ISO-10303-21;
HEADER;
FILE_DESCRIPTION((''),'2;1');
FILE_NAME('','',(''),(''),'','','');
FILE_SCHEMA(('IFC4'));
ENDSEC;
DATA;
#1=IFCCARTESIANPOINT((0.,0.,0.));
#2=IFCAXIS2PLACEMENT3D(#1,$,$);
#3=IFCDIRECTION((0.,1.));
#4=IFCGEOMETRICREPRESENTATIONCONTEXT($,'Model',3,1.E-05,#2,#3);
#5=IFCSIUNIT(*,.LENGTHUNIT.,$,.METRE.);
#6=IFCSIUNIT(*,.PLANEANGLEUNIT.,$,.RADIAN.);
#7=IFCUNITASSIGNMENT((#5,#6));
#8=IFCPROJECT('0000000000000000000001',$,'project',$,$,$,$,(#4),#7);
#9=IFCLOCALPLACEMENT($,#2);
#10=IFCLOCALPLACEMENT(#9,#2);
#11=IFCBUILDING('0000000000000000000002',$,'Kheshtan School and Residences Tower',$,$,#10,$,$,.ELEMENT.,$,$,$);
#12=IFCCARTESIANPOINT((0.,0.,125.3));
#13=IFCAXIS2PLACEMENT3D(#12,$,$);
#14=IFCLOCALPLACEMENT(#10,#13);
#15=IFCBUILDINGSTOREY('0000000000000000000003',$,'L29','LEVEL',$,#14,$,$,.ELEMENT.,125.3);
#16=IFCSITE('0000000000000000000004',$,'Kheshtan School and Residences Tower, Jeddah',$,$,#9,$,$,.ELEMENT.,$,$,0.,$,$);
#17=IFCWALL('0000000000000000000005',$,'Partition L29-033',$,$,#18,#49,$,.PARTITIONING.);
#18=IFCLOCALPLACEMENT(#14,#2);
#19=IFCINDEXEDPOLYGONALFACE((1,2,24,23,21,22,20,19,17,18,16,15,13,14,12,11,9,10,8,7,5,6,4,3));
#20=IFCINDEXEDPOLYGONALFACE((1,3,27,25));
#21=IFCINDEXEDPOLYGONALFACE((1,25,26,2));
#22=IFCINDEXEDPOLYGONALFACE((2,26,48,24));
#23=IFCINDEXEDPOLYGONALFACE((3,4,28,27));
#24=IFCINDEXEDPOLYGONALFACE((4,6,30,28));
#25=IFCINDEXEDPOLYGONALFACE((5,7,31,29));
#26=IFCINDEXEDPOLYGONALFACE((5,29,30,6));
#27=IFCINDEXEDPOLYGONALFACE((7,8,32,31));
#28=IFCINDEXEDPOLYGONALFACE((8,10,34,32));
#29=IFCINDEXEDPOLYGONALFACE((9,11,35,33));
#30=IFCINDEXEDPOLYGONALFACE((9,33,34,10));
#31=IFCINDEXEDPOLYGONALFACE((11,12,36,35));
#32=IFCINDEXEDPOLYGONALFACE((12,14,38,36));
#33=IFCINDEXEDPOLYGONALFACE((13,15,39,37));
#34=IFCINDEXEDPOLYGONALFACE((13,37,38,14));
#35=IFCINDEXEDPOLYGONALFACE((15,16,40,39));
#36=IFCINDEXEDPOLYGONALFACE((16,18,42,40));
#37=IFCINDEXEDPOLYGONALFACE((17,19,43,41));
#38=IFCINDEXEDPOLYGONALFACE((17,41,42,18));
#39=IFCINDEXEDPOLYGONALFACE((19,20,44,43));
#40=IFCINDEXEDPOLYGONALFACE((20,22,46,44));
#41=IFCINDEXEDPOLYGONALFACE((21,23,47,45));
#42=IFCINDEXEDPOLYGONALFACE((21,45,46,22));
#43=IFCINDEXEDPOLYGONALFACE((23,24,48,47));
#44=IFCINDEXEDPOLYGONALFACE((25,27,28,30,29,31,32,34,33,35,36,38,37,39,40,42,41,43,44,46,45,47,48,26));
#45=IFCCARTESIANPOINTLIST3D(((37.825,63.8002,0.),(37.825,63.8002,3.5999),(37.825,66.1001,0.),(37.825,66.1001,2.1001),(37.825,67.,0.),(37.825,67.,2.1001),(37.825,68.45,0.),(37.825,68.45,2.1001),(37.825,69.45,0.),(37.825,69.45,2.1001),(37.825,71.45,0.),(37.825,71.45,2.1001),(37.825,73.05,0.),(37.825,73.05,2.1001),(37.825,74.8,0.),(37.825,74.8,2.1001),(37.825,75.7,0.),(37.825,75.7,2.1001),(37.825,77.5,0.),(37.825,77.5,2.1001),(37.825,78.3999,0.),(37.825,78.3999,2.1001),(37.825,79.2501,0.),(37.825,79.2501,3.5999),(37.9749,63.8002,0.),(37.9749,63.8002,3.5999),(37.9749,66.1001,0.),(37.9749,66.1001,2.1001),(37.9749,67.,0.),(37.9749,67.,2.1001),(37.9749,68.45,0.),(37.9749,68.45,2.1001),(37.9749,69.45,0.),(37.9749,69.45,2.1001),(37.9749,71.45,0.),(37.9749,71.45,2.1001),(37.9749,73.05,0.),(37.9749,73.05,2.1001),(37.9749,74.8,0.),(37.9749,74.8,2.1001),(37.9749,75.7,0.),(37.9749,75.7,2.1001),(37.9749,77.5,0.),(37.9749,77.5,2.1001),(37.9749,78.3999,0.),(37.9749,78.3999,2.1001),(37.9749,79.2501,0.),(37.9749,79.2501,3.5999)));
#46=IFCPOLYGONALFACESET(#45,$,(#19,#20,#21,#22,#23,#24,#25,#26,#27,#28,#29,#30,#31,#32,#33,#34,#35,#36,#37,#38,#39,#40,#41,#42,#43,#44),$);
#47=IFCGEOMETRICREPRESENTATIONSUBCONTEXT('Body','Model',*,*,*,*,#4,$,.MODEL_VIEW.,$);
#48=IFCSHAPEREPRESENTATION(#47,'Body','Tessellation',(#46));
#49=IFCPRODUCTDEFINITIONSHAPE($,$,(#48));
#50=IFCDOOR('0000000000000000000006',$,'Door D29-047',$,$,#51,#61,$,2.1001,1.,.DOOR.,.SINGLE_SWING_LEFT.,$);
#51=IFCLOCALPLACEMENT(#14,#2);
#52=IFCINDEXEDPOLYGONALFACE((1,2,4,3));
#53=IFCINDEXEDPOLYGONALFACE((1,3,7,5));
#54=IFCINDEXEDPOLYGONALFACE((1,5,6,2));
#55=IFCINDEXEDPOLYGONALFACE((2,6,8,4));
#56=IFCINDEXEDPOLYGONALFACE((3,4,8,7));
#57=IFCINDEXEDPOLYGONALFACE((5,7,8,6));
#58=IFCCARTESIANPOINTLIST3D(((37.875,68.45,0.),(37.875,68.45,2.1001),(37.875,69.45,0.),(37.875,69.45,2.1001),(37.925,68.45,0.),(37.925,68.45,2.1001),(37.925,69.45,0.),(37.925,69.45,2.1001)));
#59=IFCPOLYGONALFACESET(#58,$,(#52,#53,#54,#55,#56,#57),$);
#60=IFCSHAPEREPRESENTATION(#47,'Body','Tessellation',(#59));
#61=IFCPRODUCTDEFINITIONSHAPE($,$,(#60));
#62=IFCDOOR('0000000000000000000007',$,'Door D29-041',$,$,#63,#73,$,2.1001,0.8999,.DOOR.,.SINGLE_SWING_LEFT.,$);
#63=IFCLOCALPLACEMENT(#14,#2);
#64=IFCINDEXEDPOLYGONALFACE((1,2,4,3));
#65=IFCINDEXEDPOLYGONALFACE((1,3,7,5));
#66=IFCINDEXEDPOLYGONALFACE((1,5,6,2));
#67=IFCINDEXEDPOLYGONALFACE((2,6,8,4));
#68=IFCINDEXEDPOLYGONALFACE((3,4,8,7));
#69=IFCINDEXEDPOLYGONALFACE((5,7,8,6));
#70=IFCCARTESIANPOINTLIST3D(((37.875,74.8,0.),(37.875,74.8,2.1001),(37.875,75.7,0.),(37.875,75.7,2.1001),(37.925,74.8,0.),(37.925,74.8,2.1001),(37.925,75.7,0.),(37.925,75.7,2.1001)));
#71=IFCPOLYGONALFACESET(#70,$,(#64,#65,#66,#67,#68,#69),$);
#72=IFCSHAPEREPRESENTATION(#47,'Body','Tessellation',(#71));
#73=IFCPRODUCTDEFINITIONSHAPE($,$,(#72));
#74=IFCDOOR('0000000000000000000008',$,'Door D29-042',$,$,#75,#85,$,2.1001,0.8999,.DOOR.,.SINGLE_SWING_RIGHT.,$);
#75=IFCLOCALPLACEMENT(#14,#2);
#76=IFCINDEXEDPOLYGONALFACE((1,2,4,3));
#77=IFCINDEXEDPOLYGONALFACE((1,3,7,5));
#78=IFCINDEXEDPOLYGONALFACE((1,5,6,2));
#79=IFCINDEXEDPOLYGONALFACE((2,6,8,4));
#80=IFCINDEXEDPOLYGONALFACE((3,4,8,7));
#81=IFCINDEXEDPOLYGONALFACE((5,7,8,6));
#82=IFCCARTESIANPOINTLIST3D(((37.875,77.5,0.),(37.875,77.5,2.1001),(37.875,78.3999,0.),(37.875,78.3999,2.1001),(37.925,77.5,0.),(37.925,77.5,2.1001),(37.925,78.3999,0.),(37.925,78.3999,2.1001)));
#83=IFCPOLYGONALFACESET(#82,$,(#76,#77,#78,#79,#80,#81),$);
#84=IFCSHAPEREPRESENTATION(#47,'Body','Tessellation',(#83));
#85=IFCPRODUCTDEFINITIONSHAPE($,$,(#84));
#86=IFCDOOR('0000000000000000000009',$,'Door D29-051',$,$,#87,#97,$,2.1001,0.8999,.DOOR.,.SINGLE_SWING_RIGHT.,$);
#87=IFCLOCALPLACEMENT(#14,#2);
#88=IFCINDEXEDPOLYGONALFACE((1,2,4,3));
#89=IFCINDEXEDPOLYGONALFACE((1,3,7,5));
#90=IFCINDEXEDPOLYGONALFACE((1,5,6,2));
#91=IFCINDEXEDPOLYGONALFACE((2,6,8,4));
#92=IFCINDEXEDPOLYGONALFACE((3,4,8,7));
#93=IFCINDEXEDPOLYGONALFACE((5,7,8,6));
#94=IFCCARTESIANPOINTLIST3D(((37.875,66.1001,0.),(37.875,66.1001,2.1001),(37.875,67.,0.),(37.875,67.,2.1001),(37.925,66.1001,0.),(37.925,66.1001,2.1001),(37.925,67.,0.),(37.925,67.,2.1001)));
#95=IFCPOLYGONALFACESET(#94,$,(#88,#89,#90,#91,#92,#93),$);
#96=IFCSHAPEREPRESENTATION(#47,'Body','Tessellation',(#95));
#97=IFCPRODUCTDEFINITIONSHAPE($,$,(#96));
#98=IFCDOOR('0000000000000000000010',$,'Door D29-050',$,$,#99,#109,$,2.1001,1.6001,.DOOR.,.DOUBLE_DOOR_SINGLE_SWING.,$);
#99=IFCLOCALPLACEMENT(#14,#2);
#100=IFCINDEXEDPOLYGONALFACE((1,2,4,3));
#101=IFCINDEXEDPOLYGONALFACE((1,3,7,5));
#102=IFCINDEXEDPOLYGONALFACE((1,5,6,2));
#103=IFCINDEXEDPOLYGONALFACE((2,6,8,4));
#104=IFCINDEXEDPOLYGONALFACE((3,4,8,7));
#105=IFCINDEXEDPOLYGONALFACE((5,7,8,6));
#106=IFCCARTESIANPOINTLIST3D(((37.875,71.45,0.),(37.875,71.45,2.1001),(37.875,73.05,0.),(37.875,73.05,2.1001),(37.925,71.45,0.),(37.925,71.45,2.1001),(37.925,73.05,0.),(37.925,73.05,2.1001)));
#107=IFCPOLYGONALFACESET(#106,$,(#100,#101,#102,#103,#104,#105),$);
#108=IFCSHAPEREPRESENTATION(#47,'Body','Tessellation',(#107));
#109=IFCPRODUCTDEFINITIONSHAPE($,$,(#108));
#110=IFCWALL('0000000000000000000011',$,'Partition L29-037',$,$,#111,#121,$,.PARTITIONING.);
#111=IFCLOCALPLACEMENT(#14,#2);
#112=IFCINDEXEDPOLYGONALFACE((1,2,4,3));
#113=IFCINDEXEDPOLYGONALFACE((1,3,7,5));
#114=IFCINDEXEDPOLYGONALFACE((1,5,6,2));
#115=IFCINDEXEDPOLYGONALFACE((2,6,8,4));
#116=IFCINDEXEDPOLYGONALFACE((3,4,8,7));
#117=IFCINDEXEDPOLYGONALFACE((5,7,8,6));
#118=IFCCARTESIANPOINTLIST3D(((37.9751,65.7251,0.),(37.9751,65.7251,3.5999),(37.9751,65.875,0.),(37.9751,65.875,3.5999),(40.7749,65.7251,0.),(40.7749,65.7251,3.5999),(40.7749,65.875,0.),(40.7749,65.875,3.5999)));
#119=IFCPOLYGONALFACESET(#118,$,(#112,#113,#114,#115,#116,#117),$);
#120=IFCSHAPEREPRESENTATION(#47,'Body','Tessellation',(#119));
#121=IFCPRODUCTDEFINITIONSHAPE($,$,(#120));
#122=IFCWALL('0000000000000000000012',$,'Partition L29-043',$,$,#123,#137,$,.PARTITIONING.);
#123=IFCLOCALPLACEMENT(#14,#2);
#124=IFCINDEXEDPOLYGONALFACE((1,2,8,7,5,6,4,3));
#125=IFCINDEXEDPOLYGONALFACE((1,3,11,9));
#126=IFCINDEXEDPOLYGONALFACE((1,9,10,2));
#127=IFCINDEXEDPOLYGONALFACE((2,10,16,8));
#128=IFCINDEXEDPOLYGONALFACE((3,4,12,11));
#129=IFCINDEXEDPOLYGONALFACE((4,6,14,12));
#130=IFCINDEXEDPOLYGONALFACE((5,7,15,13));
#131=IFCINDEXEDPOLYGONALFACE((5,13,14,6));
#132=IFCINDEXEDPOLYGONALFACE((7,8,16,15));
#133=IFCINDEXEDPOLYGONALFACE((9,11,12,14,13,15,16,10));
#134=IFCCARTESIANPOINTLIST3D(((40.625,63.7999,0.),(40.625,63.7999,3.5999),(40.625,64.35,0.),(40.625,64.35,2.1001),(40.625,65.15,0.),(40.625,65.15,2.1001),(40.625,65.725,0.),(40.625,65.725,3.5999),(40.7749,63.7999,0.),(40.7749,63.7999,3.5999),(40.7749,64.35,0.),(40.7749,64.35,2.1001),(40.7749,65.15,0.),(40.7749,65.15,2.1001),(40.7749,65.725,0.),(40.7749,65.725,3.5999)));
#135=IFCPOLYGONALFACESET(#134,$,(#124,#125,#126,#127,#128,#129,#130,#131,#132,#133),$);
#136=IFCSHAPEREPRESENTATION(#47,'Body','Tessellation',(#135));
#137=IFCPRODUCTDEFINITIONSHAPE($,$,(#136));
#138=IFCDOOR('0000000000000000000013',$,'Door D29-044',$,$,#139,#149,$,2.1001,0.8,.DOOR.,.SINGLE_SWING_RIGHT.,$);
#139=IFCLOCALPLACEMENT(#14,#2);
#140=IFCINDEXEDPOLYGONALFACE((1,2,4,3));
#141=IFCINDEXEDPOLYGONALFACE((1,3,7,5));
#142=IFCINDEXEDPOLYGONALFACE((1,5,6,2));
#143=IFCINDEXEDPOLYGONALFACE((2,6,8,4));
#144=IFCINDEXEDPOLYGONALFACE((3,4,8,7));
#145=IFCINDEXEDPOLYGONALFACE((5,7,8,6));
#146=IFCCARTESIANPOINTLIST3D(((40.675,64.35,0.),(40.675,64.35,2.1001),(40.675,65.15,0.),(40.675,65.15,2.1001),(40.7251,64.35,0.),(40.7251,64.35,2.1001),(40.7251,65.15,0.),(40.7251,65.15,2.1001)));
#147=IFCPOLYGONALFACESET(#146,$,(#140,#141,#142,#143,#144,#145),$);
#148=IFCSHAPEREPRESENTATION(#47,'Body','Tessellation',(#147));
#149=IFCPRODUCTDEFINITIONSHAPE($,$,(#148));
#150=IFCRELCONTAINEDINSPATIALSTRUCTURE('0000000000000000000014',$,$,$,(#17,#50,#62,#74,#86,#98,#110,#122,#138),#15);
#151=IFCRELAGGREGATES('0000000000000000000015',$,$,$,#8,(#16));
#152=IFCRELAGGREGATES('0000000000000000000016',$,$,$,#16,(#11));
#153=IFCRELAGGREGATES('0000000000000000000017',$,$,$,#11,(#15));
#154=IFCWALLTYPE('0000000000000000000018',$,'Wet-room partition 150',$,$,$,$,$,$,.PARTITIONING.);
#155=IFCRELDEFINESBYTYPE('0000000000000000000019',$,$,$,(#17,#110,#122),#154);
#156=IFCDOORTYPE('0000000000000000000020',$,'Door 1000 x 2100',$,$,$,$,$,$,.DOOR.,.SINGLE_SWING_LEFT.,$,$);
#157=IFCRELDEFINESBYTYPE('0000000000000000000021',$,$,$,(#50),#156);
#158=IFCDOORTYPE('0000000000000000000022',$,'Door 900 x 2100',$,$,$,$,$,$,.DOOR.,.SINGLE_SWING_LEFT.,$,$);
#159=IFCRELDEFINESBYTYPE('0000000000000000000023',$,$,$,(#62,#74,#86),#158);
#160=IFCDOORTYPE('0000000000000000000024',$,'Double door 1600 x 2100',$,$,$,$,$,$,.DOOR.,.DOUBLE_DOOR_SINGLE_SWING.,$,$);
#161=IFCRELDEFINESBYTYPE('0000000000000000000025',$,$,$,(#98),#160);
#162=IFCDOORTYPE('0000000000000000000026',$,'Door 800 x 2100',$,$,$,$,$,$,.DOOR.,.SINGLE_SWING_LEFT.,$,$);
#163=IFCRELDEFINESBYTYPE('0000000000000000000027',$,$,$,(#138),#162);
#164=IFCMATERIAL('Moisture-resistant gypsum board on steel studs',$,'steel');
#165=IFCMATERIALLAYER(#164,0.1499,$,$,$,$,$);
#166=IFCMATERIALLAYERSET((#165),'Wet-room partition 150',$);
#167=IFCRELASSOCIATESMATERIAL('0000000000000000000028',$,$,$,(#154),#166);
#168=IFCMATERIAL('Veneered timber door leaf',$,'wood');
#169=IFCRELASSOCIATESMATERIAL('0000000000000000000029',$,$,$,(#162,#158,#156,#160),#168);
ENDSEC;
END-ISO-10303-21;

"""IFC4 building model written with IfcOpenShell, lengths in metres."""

from ifc_helpers import new_model, si_unit, direction, frame, frame_2d, origin, place, context, subcontext, project, spatial, rectangle, extrude, source, transform, mapped, material, layer, layer_set, type_object, element, fill, save


model = new_model("IFC4")

# Units and contexts
model_context = context("Model", 3, precision=1e-05, world=origin(), true_north=direction((0.0, 1.0)))
body_context = subcontext(model_context, "Body", "Model", "MODEL_VIEW")
ifc_project = project(units=[si_unit("LENGTHUNIT", "METRE"), si_unit("PLANEANGLEUNIT", "RADIAN")], contexts=[model_context])

# Site, building, storey
site_placement = place(None, origin())
site = spatial("IfcSite", under=ifc_project, at=site_placement, Name="Kheshtan School and Residences Tower, Jeddah", CompositionType="ELEMENT", RefElevation=0.0)
building_placement = place(site_placement, origin())
building = spatial("IfcBuilding", under=site, at=building_placement, Name="Kheshtan School and Residences Tower", CompositionType="ELEMENT")
storey_placement = place(building_placement, frame((0.0, 0.0, 125.3)))
storey = spatial("IfcBuildingStorey", under=building, at=storey_placement, Name="L29", Description="LEVEL", CompositionType="ELEMENT", Elevation=125.3)

# Wall, openings, doors
ifc_material_1 = material(Name="Moisture-resistant gypsum board on steel studs", Category="steel")
ifc_layer_1 = layer(ifc_material_1, 0.1499)
ifc_layer_set_1 = layer_set([ifc_layer_1], Name="Wet-room partition 150")
wall_type_1 = type_object("IfcWallType", Name="Wet-room partition 150", PredefinedType="PARTITIONING", material=ifc_layer_set_1)
ifc_material_2 = material(Name="Veneered timber door leaf", Category="wood")
door_type_1 = type_object("IfcDoorType", Name="Door 800 x 2100", OperationType="SINGLE_SWING_LEFT", PredefinedType="DOOR", material=ifc_material_2)
shared_shape_1 = source(origin(), body_context, "Body", "SweptSolid", [
    extrude(rectangle(XDim=0.8, YDim=2.1001, at=frame_2d((0.3999, 1.05))), frame((0.0, 0.0249, 0.0), z_axis=(0.0, -1.0, 0.0), x_axis=(1.0, 0.0, 0.0)), (0.0, 0.0, 1.0), 0.05),
])
door_type_2 = type_object("IfcDoorType", Name="Door 900 x 2100", OperationType="SINGLE_SWING_LEFT", PredefinedType="DOOR", material=ifc_material_2)
shared_shape_2 = source(origin(), body_context, "Body", "SweptSolid", [
    extrude(rectangle(XDim=0.8999, YDim=2.1001, at=frame_2d((0.45, 1.05))), frame((0.0, 0.0249, 0.0), z_axis=(0.0, -1.0, 0.0), x_axis=(1.0, 0.0, 0.0)), (0.0, 0.0, 1.0), 0.05),
])
wall_1_placement = place(storey_placement, frame((37.8999, 63.8, 0.0), z_axis=(0.0, 0.0, 1.0), x_axis=(0.0, 1.0, 0.0)))
wall_1 = element("IfcWall", 1, at=wall_1_placement, inside=storey, type_object=wall_type_1, Name="Partition L29-033", PredefinedType="PARTITIONING", context=body_context, shape_type="SweptSolid", body=[
    extrude(rectangle(XDim=15.45, YDim=0.1499, at=frame_2d((7.7251, 0.0))), origin(), (0.0, 0.0, 1.0), 3.5999),
])
opening_1_placement = place(wall_1_placement, frame((11.0, 0.0, 0.0)))
opening_1 = element("IfcOpeningElement", 2, at=opening_1_placement, cuts=wall_1, PredefinedType="OPENING", context=body_context, shape_type="SweptSolid", body=[
    extrude(rectangle(XDim=0.8999, YDim=2.1001, at=frame_2d((0.45, 1.05))), frame((0.0, 0.085, 0.0), z_axis=(0.0, -1.0, 0.0), x_axis=(1.0, 0.0, 0.0)), (0.0, 0.0, 1.0), 0.1699),
])
opening_2_placement = place(wall_1_placement, frame((13.7, 0.0, 0.0)))
opening_2 = element("IfcOpeningElement", 3, at=opening_2_placement, cuts=wall_1, PredefinedType="OPENING", context=body_context, shape_type="SweptSolid", body=[
    extrude(rectangle(XDim=0.8999, YDim=2.1001, at=frame_2d((0.45, 1.05))), frame((0.0, 0.085, 0.0), z_axis=(0.0, -1.0, 0.0), x_axis=(1.0, 0.0, 0.0)), (0.0, 0.0, 1.0), 0.1699),
])
opening_3_placement = place(wall_1_placement, frame((4.6499, 0.0, 0.0)))
opening_3 = element("IfcOpeningElement", 4, at=opening_3_placement, cuts=wall_1, PredefinedType="OPENING", context=body_context, shape_type="SweptSolid", body=[
    extrude(rectangle(XDim=1.0, YDim=2.1001, at=frame_2d((0.5, 1.05))), frame((0.0, 0.085, 0.0), z_axis=(0.0, -1.0, 0.0), x_axis=(1.0, 0.0, 0.0)), (0.0, 0.0, 1.0), 0.1699),
])
opening_4_placement = place(wall_1_placement, frame((7.6499, 0.0, 0.0)))
opening_4 = element("IfcOpeningElement", 5, at=opening_4_placement, cuts=wall_1, PredefinedType="OPENING", context=body_context, shape_type="SweptSolid", body=[
    extrude(rectangle(XDim=1.6001, YDim=2.1001, at=frame_2d((0.8, 1.05))), frame((0.0, 0.085, 0.0), z_axis=(0.0, -1.0, 0.0), x_axis=(1.0, 0.0, 0.0)), (0.0, 0.0, 1.0), 0.1699),
])
opening_5_placement = place(wall_1_placement, frame((2.3, 0.0, 0.0)))
opening_5 = element("IfcOpeningElement", 6, at=opening_5_placement, cuts=wall_1, PredefinedType="OPENING", context=body_context, shape_type="SweptSolid", body=[
    extrude(rectangle(XDim=0.8999, YDim=2.1001, at=frame_2d((0.45, 1.05))), frame((0.0, 0.085, 0.0), z_axis=(0.0, -1.0, 0.0), x_axis=(1.0, 0.0, 0.0)), (0.0, 0.0, 1.0), 0.1699),
])
door_type_3 = type_object("IfcDoorType", Name="Door 1000 x 2100", OperationType="SINGLE_SWING_LEFT", PredefinedType="DOOR", material=ifc_material_2)
shared_shape_3 = source(origin(), body_context, "Body", "SweptSolid", [
    extrude(rectangle(XDim=1.0, YDim=2.1001, at=frame_2d((0.5, 1.05))), frame((0.0, 0.0249, 0.0), z_axis=(0.0, -1.0, 0.0), x_axis=(1.0, 0.0, 0.0)), (0.0, 0.0, 1.0), 0.05),
])
door_1_placement = place(opening_3_placement, origin())
door_1 = element("IfcDoor", 7, at=door_1_placement, inside=storey, type_object=door_type_3, Name="Door D29-047", OperationType="SINGLE_SWING_LEFT", OverallHeight=2.1001, OverallWidth=1.0, PredefinedType="DOOR", context=body_context, shape_type="MappedRepresentation", body=[
    mapped(shared_shape_3, transform((0.0, 0.0, 0.0), x_axis=(1.0, 0.0, 0.0), y_axis=(0.0, 1.0, 0.0), z_axis=(0.0, 0.0, 1.0), scale=1.0)),
])
fill(opening_3, door_1)
door_2_placement = place(opening_1_placement, origin())
door_2 = element("IfcDoor", 8, at=door_2_placement, inside=storey, type_object=door_type_2, Name="Door D29-041", OperationType="SINGLE_SWING_LEFT", OverallHeight=2.1001, OverallWidth=0.8999, PredefinedType="DOOR", context=body_context, shape_type="MappedRepresentation", body=[
    mapped(shared_shape_2, transform((0.0, 0.0, 0.0), x_axis=(1.0, 0.0, 0.0), y_axis=(0.0, 1.0, 0.0), z_axis=(0.0, 0.0, 1.0), scale=1.0)),
])
fill(opening_1, door_2)
door_3_placement = place(opening_2_placement, origin())
door_3 = element("IfcDoor", 9, at=door_3_placement, inside=storey, type_object=door_type_2, Name="Door D29-042", OperationType="SINGLE_SWING_RIGHT", OverallHeight=2.1001, OverallWidth=0.8999, PredefinedType="DOOR", context=body_context, shape_type="MappedRepresentation", body=[
    mapped(shared_shape_2, transform((0.0, 0.0, 0.0), x_axis=(1.0, 0.0, 0.0), y_axis=(0.0, 1.0, 0.0), z_axis=(0.0, 0.0, 1.0), scale=1.0)),
])
fill(opening_2, door_3)
door_4_placement = place(opening_5_placement, origin())
door_4 = element("IfcDoor", 10, at=door_4_placement, inside=storey, type_object=door_type_2, Name="Door D29-051", OperationType="SINGLE_SWING_RIGHT", OverallHeight=2.1001, OverallWidth=0.8999, PredefinedType="DOOR", context=body_context, shape_type="MappedRepresentation", body=[
    mapped(shared_shape_2, transform((0.0, 0.0, 0.0), x_axis=(1.0, 0.0, 0.0), y_axis=(0.0, 1.0, 0.0), z_axis=(0.0, 0.0, 1.0), scale=1.0)),
])
fill(opening_5, door_4)
door_type_4 = type_object("IfcDoorType", Name="Double door 1600 x 2100", OperationType="DOUBLE_DOOR_SINGLE_SWING", PredefinedType="DOOR", material=ifc_material_2)
shared_shape_4 = source(origin(), body_context, "Body", "SweptSolid", [
    extrude(rectangle(XDim=1.6001, YDim=2.1001, at=frame_2d((0.8, 1.05))), frame((0.0, 0.0249, 0.0), z_axis=(0.0, -1.0, 0.0), x_axis=(1.0, 0.0, 0.0)), (0.0, 0.0, 1.0), 0.05),
])
door_5_placement = place(opening_4_placement, origin())
door_5 = element("IfcDoor", 11, at=door_5_placement, inside=storey, type_object=door_type_4, Name="Door D29-050", OperationType="DOUBLE_DOOR_SINGLE_SWING", OverallHeight=2.1001, OverallWidth=1.6001, PredefinedType="DOOR", context=body_context, shape_type="MappedRepresentation", body=[
    mapped(shared_shape_4, transform((0.0, 0.0, 0.0), x_axis=(1.0, 0.0, 0.0), y_axis=(0.0, 1.0, 0.0), z_axis=(0.0, 0.0, 1.0), scale=1.0)),
])
fill(opening_4, door_5)

# Wall
wall_2_placement = place(storey_placement, frame((37.9751, 65.8, 0.0), z_axis=(0.0, 0.0, 1.0), x_axis=(1.0, 0.0, 0.0)))
element("IfcWall", 12, at=wall_2_placement, inside=storey, type_object=wall_type_1, Name="Partition L29-037", PredefinedType="PARTITIONING", context=body_context, shape_type="SweptSolid", body=[
    extrude(rectangle(XDim=2.7998, YDim=0.1499, at=frame_2d((1.3999, 0.0))), origin(), (0.0, 0.0, 1.0), 3.5999),
])

# Wall, opening, door
wall_3_placement = place(storey_placement, frame((40.7, 63.8, 0.0), z_axis=(0.0, 0.0, 1.0), x_axis=(0.0, 1.0, 0.0)))
wall_3 = element("IfcWall", 13, at=wall_3_placement, inside=storey, type_object=wall_type_1, Name="Partition L29-043", PredefinedType="PARTITIONING", context=body_context, shape_type="SweptSolid", body=[
    extrude(rectangle(XDim=1.925, YDim=0.1499, at=frame_2d((0.9624, 0.0))), origin(), (0.0, 0.0, 1.0), 3.5999),
])
opening_6_placement = place(wall_3_placement, frame((0.55, 0.0, 0.0)))
opening_6 = element("IfcOpeningElement", 14, at=opening_6_placement, cuts=wall_3, PredefinedType="OPENING", context=body_context, shape_type="SweptSolid", body=[
    extrude(rectangle(XDim=0.8, YDim=2.1001, at=frame_2d((0.3999, 1.05))), frame((0.0, 0.085, 0.0), z_axis=(0.0, -1.0, 0.0), x_axis=(1.0, 0.0, 0.0)), (0.0, 0.0, 1.0), 0.1699),
])
door_6_placement = place(opening_6_placement, origin())
door_6 = element("IfcDoor", 15, at=door_6_placement, inside=storey, type_object=door_type_1, Name="Door D29-044", OperationType="SINGLE_SWING_RIGHT", OverallHeight=2.1001, OverallWidth=0.8, PredefinedType="DOOR", context=body_context, shape_type="MappedRepresentation", body=[
    mapped(shared_shape_1, transform((0.0, 0.0, 0.0), x_axis=(1.0, 0.0, 0.0), y_axis=(0.0, 1.0, 0.0), z_axis=(0.0, 0.0, 1.0), scale=1.0)),
])
fill(opening_6, door_6)

save(model, "model.ifc")
